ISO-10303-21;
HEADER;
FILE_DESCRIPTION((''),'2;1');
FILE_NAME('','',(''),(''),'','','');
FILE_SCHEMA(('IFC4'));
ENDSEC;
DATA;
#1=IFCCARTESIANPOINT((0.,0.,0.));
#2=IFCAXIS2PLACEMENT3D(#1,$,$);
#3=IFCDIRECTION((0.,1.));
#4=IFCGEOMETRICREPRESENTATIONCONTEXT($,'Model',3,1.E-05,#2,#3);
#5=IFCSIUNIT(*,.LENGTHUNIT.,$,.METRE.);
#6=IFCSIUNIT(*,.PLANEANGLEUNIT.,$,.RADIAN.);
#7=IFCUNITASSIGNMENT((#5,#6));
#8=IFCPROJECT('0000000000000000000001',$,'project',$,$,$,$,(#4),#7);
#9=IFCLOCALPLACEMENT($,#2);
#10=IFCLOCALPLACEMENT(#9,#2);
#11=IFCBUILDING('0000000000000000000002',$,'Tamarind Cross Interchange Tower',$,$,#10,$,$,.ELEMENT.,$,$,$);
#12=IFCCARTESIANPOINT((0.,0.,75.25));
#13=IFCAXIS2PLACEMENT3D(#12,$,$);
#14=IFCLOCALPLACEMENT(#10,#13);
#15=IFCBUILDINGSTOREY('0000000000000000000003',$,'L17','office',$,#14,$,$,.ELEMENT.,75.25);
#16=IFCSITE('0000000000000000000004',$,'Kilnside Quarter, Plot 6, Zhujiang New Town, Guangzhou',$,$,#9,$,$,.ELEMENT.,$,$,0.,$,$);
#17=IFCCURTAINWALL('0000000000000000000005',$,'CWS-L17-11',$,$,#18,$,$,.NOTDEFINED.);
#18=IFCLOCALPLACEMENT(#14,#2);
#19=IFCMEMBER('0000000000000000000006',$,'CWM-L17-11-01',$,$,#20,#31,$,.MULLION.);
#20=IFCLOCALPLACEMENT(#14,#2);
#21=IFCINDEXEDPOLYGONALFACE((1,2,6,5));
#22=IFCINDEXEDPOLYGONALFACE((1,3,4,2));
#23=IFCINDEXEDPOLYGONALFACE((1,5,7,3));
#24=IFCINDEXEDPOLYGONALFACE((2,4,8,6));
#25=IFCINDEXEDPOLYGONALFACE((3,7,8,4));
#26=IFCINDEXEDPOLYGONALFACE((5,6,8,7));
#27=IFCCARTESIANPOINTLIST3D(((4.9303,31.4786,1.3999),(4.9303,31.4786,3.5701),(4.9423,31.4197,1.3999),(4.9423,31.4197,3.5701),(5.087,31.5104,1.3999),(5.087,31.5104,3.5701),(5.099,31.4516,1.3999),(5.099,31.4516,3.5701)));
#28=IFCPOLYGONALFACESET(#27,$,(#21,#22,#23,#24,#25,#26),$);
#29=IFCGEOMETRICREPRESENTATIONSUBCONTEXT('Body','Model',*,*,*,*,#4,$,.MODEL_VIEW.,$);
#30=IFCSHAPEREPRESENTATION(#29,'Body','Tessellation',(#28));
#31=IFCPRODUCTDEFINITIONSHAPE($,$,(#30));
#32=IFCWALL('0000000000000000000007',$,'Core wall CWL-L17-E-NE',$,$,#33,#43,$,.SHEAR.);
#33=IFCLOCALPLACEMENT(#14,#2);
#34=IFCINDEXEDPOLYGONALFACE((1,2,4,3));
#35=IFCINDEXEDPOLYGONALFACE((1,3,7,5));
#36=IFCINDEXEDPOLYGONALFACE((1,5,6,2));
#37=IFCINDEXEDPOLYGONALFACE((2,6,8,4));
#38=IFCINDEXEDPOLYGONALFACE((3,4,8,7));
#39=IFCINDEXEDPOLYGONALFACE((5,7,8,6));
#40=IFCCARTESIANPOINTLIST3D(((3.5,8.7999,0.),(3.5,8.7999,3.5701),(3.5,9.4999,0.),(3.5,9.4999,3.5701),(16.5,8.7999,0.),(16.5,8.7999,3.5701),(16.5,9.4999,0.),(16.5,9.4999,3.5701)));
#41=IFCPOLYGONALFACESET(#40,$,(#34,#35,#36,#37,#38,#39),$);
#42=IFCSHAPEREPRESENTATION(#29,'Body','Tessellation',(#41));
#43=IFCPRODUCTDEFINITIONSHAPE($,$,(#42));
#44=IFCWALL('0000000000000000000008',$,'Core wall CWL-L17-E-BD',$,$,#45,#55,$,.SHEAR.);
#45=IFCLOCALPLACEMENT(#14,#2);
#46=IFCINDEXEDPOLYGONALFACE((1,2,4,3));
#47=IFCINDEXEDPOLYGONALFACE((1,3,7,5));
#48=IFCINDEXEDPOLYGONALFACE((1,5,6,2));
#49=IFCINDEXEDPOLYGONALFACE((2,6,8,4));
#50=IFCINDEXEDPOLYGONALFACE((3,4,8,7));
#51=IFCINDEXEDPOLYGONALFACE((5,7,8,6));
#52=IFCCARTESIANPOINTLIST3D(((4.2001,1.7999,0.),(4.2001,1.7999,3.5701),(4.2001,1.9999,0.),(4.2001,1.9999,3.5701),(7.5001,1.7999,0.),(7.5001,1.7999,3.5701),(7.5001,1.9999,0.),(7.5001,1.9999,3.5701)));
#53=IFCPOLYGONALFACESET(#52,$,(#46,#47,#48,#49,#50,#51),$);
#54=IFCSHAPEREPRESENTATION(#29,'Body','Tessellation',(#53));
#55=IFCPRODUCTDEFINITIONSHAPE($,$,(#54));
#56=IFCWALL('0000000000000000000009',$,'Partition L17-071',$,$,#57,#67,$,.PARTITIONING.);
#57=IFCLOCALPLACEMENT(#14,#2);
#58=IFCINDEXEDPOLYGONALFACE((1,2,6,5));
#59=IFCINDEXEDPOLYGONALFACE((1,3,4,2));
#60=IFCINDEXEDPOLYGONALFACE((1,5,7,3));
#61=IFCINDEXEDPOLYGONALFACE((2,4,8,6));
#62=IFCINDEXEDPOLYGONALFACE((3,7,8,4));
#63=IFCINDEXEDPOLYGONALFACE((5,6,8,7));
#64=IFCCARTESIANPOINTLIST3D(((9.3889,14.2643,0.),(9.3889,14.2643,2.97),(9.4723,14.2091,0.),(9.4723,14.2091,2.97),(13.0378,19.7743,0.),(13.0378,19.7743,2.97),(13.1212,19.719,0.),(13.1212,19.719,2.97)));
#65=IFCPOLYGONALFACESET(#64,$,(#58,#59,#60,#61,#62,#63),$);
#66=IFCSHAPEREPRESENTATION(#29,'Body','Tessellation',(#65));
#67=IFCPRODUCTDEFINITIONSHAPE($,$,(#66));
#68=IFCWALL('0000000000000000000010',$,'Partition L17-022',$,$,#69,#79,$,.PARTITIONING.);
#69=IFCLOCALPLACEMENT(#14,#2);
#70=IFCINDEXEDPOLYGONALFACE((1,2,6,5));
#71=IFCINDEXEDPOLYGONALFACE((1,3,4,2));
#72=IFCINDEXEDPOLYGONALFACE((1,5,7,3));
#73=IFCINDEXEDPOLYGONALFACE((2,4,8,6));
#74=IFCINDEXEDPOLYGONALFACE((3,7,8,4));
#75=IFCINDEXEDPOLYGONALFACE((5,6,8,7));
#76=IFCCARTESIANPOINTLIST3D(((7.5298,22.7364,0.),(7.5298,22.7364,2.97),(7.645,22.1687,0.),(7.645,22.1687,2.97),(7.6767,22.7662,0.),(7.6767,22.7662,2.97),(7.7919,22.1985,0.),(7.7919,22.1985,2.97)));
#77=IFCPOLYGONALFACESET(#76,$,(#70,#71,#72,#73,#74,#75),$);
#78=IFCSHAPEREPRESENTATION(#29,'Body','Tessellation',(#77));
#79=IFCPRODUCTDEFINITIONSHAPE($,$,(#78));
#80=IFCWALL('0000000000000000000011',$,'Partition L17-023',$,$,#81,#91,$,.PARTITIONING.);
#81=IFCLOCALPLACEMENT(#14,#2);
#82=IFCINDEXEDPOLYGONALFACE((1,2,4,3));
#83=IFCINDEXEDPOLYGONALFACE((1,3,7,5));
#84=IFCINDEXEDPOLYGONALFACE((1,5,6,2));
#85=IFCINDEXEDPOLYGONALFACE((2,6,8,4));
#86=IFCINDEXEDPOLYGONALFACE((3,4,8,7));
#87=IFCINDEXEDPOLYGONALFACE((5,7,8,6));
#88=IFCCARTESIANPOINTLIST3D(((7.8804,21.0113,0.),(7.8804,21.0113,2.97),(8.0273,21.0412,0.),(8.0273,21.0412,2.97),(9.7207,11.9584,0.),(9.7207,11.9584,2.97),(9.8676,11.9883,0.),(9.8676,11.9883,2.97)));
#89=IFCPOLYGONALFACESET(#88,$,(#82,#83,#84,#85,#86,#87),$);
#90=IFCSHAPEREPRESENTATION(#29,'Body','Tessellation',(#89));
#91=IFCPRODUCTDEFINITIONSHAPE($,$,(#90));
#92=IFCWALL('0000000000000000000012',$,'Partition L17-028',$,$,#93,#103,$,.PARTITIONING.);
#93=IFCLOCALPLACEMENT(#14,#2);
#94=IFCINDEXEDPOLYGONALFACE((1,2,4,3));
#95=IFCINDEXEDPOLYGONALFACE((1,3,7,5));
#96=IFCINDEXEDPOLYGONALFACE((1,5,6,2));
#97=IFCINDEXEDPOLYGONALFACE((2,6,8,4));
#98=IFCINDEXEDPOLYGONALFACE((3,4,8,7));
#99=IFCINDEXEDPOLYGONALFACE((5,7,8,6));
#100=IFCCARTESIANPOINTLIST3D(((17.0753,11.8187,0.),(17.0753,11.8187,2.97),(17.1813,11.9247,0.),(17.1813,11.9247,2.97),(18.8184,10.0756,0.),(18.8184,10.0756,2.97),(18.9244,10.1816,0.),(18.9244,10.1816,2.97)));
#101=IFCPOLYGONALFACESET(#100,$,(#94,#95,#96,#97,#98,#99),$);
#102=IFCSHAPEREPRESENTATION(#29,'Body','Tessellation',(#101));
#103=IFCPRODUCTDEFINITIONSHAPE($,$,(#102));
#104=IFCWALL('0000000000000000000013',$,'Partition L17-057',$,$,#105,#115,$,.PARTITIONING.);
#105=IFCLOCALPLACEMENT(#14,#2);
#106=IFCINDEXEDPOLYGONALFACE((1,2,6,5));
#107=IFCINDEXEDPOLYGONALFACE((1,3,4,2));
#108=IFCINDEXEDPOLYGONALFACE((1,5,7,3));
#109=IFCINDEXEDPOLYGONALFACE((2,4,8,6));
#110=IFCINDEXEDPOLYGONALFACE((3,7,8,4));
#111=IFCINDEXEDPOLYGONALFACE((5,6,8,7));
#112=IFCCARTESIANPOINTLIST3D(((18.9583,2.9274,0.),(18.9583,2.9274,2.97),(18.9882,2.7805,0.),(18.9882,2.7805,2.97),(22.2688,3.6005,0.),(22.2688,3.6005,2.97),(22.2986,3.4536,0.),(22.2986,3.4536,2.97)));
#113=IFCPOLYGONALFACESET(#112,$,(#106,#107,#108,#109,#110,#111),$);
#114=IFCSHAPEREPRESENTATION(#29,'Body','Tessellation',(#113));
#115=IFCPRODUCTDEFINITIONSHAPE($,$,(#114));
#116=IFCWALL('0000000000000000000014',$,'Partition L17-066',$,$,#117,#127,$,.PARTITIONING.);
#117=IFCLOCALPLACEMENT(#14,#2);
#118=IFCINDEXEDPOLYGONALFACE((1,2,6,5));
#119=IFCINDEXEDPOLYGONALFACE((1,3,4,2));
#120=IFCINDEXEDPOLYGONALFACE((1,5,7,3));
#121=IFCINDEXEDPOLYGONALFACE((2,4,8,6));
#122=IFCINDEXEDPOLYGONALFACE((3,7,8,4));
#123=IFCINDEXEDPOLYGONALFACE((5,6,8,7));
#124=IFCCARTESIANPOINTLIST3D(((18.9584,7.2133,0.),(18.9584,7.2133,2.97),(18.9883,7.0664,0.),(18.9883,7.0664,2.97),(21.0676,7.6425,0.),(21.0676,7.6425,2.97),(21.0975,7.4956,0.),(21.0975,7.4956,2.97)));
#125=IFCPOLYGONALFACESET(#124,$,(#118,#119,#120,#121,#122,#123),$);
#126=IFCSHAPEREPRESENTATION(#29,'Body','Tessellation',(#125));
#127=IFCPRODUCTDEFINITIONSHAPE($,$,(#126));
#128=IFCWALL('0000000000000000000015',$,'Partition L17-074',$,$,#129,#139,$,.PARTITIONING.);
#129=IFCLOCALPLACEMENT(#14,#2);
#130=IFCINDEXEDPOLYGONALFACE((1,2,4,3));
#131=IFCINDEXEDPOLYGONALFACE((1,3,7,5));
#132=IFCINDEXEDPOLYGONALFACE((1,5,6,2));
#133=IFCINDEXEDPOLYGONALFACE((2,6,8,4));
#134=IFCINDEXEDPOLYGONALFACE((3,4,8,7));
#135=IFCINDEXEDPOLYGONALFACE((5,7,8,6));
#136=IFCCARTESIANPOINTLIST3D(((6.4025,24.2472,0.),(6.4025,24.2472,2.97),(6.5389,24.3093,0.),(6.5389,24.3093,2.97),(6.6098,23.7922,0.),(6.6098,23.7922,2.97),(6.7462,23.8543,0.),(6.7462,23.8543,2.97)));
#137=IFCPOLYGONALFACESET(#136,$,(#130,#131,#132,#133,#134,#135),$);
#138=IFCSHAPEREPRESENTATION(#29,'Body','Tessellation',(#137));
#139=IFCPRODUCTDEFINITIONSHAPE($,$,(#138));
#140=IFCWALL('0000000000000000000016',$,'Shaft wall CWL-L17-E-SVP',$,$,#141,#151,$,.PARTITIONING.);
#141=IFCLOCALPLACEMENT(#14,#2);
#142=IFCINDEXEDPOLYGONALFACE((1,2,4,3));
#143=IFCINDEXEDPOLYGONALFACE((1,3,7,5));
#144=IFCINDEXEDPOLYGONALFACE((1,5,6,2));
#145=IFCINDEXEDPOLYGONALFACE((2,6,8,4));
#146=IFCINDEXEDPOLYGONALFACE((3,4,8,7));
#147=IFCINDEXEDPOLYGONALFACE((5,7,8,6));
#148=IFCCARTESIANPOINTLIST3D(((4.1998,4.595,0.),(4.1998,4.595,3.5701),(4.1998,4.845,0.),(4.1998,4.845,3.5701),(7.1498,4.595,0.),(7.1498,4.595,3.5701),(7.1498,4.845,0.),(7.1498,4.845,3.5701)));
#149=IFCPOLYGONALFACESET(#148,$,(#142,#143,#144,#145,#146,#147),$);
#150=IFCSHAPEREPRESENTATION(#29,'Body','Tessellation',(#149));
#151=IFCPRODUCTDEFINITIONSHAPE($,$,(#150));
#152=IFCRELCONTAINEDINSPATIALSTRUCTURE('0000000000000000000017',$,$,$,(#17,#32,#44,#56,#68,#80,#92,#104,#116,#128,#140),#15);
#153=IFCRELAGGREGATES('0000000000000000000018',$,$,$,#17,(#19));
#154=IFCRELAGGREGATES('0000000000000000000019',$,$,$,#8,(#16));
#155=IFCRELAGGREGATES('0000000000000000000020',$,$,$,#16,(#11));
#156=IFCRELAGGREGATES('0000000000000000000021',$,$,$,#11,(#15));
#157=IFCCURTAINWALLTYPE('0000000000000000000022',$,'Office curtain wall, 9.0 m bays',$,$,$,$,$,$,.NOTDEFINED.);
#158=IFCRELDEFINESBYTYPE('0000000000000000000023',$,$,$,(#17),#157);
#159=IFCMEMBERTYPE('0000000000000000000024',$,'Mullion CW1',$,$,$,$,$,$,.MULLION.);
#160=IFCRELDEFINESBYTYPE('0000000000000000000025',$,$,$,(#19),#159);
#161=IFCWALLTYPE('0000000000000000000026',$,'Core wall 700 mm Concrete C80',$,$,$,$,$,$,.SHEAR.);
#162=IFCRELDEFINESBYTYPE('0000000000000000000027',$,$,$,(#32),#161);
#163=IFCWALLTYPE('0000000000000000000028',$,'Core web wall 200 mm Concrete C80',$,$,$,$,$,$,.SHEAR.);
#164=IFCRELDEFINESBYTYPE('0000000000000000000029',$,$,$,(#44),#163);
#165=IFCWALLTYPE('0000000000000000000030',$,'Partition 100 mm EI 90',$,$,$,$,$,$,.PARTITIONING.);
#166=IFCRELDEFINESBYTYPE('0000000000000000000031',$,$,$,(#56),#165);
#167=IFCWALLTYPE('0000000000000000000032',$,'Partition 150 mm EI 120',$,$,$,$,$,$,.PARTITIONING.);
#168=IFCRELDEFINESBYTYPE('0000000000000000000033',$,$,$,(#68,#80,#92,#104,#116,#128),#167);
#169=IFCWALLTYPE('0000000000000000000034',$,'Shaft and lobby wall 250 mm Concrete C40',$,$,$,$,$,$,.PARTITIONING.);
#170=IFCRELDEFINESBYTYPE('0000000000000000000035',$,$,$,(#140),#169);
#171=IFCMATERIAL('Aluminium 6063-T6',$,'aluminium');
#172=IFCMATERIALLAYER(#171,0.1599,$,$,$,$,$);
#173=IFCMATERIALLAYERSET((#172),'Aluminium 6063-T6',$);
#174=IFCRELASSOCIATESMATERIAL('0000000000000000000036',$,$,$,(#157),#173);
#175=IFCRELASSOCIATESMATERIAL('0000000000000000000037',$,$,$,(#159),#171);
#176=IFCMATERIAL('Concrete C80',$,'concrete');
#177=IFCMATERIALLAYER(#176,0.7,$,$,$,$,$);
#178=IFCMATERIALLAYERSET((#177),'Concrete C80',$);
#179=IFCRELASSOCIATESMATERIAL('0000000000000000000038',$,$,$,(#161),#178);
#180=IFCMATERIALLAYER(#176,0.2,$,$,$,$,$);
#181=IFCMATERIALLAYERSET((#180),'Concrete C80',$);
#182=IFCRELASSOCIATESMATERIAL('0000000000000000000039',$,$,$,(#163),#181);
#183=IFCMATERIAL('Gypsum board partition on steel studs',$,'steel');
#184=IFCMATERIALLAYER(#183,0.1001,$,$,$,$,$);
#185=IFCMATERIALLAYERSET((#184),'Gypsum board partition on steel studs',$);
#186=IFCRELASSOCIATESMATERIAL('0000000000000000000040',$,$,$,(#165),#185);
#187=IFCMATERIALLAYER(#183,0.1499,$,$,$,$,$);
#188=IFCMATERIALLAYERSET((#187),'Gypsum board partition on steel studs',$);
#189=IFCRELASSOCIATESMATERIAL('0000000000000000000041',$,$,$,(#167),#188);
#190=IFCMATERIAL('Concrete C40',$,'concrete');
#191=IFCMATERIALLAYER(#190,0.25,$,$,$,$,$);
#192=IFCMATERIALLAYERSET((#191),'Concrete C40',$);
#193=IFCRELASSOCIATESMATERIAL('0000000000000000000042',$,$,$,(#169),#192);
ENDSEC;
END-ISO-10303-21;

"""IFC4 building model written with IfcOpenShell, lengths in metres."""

from ifc_helpers import new_model, si_unit, direction, frame, frame_2d, origin, origin_2d, place, context, subcontext, project, spatial, rectangle, extrude, material, layer, layer_set, material_profile, profile_set, type_object, element, aggregate, save


model = new_model("IFC4")

# Units and contexts
model_context = context("Model", 3, precision=1e-05, world=origin(), true_north=direction((0.0, 1.0)))
body_context = subcontext(model_context, "Body", "Model", "MODEL_VIEW")
ifc_project = project(units=[si_unit("LENGTHUNIT", "METRE"), si_unit("PLANEANGLEUNIT", "RADIAN")], contexts=[model_context])

# Site, building, storey
site_placement = place(None, origin())
site = spatial("IfcSite", under=ifc_project, at=site_placement, Name="Kilnside Quarter, Plot 6, Zhujiang New Town, Guangzhou", CompositionType="ELEMENT", RefElevation=0.0)
building_placement = place(site_placement, origin())
building = spatial("IfcBuilding", under=site, at=building_placement, Name="Tamarind Cross Interchange Tower", CompositionType="ELEMENT")
storey_placement = place(building_placement, frame((0.0, 0.0, 75.25)))
storey = spatial("IfcBuildingStorey", under=building, at=storey_placement, Name="L17", Description="office", CompositionType="ELEMENT", Elevation=75.25)

# Curtain wall, member
ifc_material_1 = material(Name="Aluminium 6063-T6", Category="aluminium")
ifc_layer_1 = layer(ifc_material_1, 0.1599)
ifc_layer_set_1 = layer_set([ifc_layer_1], Name="Aluminium 6063-T6")
curtain_wall_type = type_object("IfcCurtainWallType", Name="Office curtain wall, 9.0 m bays", PredefinedType="NOTDEFINED", material=ifc_layer_set_1)
ifc_material_profile_1 = material_profile(ifc_material_1, rectangle(XDim=0.0601, YDim=0.1599, at=origin_2d()), Name="Mullion CW1")
ifc_profile_set_1 = profile_set([ifc_material_profile_1], Name="Aluminium 6063-T6")
member_type = type_object("IfcMemberType", Name="Mullion CW1", PredefinedType="MULLION", material=ifc_profile_set_1)
curtain_wall_1_placement = place(storey_placement, origin())
curtain_wall_1 = element("IfcCurtainWall", 1, at=curtain_wall_1_placement, inside=storey, type_object=curtain_wall_type, Name="CWS-L17-11", PredefinedType="NOTDEFINED")
member_1_placement = place(storey_placement, frame((5.0146, 31.4651, 1.3999), z_axis=(0.0, 0.0, 1.0), x_axis=(-0.199245, 0.97995, 0.0)))
member_1 = element("IfcMember", 2, at=member_1_placement, type_object=member_type, Name="CWM-L17-11-01", PredefinedType="MULLION", context=body_context, shape_type="SweptSolid", body=[
    extrude(rectangle(XDim=0.0601, YDim=0.1599, at=origin_2d()), origin(), (0.0, 0.0, 1.0), 2.1702),
])
aggregate(curtain_wall_1, [member_1])

# Walls
ifc_material_2 = material(Name="Concrete C80", Category="concrete")
ifc_layer_2 = layer(ifc_material_2, 0.7)
ifc_layer_set_2 = layer_set([ifc_layer_2], Name="Concrete C80")
wall_type_1 = type_object("IfcWallType", Name="Core wall 700 mm Concrete C80", PredefinedType="SHEAR", material=ifc_layer_set_2)
wall_1_placement = place(storey_placement, frame((16.5, 9.1499, 0.0), z_axis=(0.0, 0.0, 1.0), x_axis=(-1.0, 0.0, 0.0)))
element("IfcWall", 3, at=wall_1_placement, inside=storey, type_object=wall_type_1, Name="Core wall CWL-L17-E-NE", PredefinedType="SHEAR", context=body_context, shape_type="SweptSolid", body=[
    extrude(rectangle(XDim=13.0, YDim=0.7, at=frame_2d((6.5, 0.0))), origin(), (0.0, 0.0, 1.0), 3.5701),
])
ifc_layer_3 = layer(ifc_material_2, 0.2)
ifc_layer_set_3 = layer_set([ifc_layer_3], Name="Concrete C80")
wall_type_2 = type_object("IfcWallType", Name="Core web wall 200 mm Concrete C80", PredefinedType="SHEAR", material=ifc_layer_set_3)
wall_2_placement = place(storey_placement, frame((7.5, 1.8999, 0.0), z_axis=(0.0, 0.0, 1.0), x_axis=(-1.0, 0.0, 0.0)))
element("IfcWall", 4, at=wall_2_placement, inside=storey, type_object=wall_type_2, Name="Core wall CWL-L17-E-BD", PredefinedType="SHEAR", context=body_context, shape_type="SweptSolid", body=[
    extrude(rectangle(XDim=3.3, YDim=0.2, at=frame_2d((1.6499, 0.0))), origin(), (0.0, 0.0, 1.0), 3.5701),
])
ifc_material_3 = material(Name="Gypsum board partition on steel studs", Category="steel")
ifc_layer_4 = layer(ifc_material_3, 0.1001)
ifc_layer_set_4 = layer_set([ifc_layer_4], Name="Gypsum board partition on steel studs")
wall_type_3 = type_object("IfcWallType", Name="Partition 100 mm EI 90", PredefinedType="PARTITIONING", material=ifc_layer_set_4)
wall_3_placement = place(storey_placement, frame((9.4307, 14.2368, 0.0), z_axis=(0.0, 0.0, 1.0), x_axis=(0.55214, 0.833751, 0.0)))
element("IfcWall", 5, at=wall_3_placement, inside=storey, type_object=wall_type_3, Name="Partition L17-071", PredefinedType="PARTITIONING", context=body_context, shape_type="SweptSolid", body=[
    extrude(rectangle(XDim=6.6086, YDim=0.1001, at=frame_2d((3.3042, 0.0))), origin(), (0.0, 0.0, 1.0), 2.97),
])
ifc_layer_5 = layer(ifc_material_3, 0.1499)
ifc_layer_set_5 = layer_set([ifc_layer_5], Name="Gypsum board partition on steel studs")
wall_type_4 = type_object("IfcWallType", Name="Partition 150 mm EI 120", PredefinedType="PARTITIONING", material=ifc_layer_set_5)
wall_4_placement = place(storey_placement, frame((7.6033, 22.7512, 0.0), z_axis=(0.0, 0.0, 1.0), x_axis=(0.19887, -0.980026, 0.0)))
element("IfcWall", 6, at=wall_4_placement, inside=storey, type_object=wall_type_4, Name="Partition L17-022", PredefinedType="PARTITIONING", context=body_context, shape_type="SweptSolid", body=[
    extrude(rectangle(XDim=0.5793, YDim=0.1499, at=frame_2d((0.2896, 0.0))), origin(), (0.0, 0.0, 1.0), 2.97),
])
wall_5_placement = place(storey_placement, frame((7.9539, 21.0264, 0.0), z_axis=(0.0, 0.0, 1.0), x_axis=(0.19921, -0.979957, 0.0)))
element("IfcWall", 7, at=wall_5_placement, inside=storey, type_object=wall_type_4, Name="Partition L17-023", PredefinedType="PARTITIONING", context=body_context, shape_type="SweptSolid", body=[
    extrude(rectangle(XDim=9.238, YDim=0.1499, at=frame_2d((4.6191, 0.0))), origin(), (0.0, 0.0, 1.0), 2.97),
])
wall_6_placement = place(storey_placement, frame((17.1284, 11.8716, 0.0), z_axis=(0.0, 0.0, 1.0), x_axis=(0.707107, -0.707107, 0.0)))
element("IfcWall", 8, at=wall_6_placement, inside=storey, type_object=wall_type_4, Name="Partition L17-028", PredefinedType="PARTITIONING", context=body_context, shape_type="SweptSolid", body=[
    extrude(rectangle(XDim=2.4651, YDim=0.1499, at=frame_2d((1.2324, 0.0))), origin(), (0.0, 0.0, 1.0), 2.97),
])
wall_7_placement = place(storey_placement, frame((18.9734, 2.854, 0.0), z_axis=(0.0, 0.0, 1.0), x_axis=(0.97995, 0.199242, 0.0)))
element("IfcWall", 9, at=wall_7_placement, inside=storey, type_object=wall_type_4, Name="Partition L17-057", PredefinedType="PARTITIONING", context=body_context, shape_type="SweptSolid", body=[
    extrude(rectangle(XDim=3.3782, YDim=0.1499, at=frame_2d((1.689, 0.0))), origin(), (0.0, 0.0, 1.0), 2.97),
])
wall_8_placement = place(storey_placement, frame((18.9734, 7.1399, 0.0), z_axis=(0.0, 0.0, 1.0), x_axis=(0.979916, 0.199409, 0.0)))
element("IfcWall", 10, at=wall_8_placement, inside=storey, type_object=wall_type_4, Name="Partition L17-066", PredefinedType="PARTITIONING", context=body_context, shape_type="SweptSolid", body=[
    extrude(rectangle(XDim=2.1523, YDim=0.1499, at=frame_2d((1.0762, 0.0))), origin(), (0.0, 0.0, 1.0), 2.97),
])
wall_9_placement = place(storey_placement, frame((6.678, 23.8232, 0.0), z_axis=(0.0, 0.0, 1.0), x_axis=(-0.414502, 0.910049, 0.0)))
element("IfcWall", 11, at=wall_9_placement, inside=storey, type_object=wall_type_4, Name="Partition L17-074", PredefinedType="PARTITIONING", context=body_context, shape_type="SweptSolid", body=[
    extrude(rectangle(XDim=0.5, YDim=0.1499, at=frame_2d((0.25, 0.0))), origin(), (0.0, 0.0, 1.0), 2.97),
])
ifc_material_4 = material(Name="Concrete C40", Category="concrete")
ifc_layer_6 = layer(ifc_material_4, 0.25)
ifc_layer_set_6 = layer_set([ifc_layer_6], Name="Concrete C40")
wall_type_5 = type_object("IfcWallType", Name="Shaft and lobby wall 250 mm Concrete C40", PredefinedType="PARTITIONING", material=ifc_layer_set_6)
wall_10_placement = place(storey_placement, frame((7.1499, 4.72, 0.0), z_axis=(0.0, 0.0, 1.0), x_axis=(-1.0, 0.0, 0.0)))
element("IfcWall", 12, at=wall_10_placement, inside=storey, type_object=wall_type_5, Name="Shaft wall CWL-L17-E-SVP", PredefinedType="PARTITIONING", context=body_context, shape_type="SweptSolid", body=[
    extrude(rectangle(XDim=2.95, YDim=0.25, at=frame_2d((1.4751, 0.0))), origin(), (0.0, 0.0, 1.0), 3.5701),
])

save(model, "model.ifc")
